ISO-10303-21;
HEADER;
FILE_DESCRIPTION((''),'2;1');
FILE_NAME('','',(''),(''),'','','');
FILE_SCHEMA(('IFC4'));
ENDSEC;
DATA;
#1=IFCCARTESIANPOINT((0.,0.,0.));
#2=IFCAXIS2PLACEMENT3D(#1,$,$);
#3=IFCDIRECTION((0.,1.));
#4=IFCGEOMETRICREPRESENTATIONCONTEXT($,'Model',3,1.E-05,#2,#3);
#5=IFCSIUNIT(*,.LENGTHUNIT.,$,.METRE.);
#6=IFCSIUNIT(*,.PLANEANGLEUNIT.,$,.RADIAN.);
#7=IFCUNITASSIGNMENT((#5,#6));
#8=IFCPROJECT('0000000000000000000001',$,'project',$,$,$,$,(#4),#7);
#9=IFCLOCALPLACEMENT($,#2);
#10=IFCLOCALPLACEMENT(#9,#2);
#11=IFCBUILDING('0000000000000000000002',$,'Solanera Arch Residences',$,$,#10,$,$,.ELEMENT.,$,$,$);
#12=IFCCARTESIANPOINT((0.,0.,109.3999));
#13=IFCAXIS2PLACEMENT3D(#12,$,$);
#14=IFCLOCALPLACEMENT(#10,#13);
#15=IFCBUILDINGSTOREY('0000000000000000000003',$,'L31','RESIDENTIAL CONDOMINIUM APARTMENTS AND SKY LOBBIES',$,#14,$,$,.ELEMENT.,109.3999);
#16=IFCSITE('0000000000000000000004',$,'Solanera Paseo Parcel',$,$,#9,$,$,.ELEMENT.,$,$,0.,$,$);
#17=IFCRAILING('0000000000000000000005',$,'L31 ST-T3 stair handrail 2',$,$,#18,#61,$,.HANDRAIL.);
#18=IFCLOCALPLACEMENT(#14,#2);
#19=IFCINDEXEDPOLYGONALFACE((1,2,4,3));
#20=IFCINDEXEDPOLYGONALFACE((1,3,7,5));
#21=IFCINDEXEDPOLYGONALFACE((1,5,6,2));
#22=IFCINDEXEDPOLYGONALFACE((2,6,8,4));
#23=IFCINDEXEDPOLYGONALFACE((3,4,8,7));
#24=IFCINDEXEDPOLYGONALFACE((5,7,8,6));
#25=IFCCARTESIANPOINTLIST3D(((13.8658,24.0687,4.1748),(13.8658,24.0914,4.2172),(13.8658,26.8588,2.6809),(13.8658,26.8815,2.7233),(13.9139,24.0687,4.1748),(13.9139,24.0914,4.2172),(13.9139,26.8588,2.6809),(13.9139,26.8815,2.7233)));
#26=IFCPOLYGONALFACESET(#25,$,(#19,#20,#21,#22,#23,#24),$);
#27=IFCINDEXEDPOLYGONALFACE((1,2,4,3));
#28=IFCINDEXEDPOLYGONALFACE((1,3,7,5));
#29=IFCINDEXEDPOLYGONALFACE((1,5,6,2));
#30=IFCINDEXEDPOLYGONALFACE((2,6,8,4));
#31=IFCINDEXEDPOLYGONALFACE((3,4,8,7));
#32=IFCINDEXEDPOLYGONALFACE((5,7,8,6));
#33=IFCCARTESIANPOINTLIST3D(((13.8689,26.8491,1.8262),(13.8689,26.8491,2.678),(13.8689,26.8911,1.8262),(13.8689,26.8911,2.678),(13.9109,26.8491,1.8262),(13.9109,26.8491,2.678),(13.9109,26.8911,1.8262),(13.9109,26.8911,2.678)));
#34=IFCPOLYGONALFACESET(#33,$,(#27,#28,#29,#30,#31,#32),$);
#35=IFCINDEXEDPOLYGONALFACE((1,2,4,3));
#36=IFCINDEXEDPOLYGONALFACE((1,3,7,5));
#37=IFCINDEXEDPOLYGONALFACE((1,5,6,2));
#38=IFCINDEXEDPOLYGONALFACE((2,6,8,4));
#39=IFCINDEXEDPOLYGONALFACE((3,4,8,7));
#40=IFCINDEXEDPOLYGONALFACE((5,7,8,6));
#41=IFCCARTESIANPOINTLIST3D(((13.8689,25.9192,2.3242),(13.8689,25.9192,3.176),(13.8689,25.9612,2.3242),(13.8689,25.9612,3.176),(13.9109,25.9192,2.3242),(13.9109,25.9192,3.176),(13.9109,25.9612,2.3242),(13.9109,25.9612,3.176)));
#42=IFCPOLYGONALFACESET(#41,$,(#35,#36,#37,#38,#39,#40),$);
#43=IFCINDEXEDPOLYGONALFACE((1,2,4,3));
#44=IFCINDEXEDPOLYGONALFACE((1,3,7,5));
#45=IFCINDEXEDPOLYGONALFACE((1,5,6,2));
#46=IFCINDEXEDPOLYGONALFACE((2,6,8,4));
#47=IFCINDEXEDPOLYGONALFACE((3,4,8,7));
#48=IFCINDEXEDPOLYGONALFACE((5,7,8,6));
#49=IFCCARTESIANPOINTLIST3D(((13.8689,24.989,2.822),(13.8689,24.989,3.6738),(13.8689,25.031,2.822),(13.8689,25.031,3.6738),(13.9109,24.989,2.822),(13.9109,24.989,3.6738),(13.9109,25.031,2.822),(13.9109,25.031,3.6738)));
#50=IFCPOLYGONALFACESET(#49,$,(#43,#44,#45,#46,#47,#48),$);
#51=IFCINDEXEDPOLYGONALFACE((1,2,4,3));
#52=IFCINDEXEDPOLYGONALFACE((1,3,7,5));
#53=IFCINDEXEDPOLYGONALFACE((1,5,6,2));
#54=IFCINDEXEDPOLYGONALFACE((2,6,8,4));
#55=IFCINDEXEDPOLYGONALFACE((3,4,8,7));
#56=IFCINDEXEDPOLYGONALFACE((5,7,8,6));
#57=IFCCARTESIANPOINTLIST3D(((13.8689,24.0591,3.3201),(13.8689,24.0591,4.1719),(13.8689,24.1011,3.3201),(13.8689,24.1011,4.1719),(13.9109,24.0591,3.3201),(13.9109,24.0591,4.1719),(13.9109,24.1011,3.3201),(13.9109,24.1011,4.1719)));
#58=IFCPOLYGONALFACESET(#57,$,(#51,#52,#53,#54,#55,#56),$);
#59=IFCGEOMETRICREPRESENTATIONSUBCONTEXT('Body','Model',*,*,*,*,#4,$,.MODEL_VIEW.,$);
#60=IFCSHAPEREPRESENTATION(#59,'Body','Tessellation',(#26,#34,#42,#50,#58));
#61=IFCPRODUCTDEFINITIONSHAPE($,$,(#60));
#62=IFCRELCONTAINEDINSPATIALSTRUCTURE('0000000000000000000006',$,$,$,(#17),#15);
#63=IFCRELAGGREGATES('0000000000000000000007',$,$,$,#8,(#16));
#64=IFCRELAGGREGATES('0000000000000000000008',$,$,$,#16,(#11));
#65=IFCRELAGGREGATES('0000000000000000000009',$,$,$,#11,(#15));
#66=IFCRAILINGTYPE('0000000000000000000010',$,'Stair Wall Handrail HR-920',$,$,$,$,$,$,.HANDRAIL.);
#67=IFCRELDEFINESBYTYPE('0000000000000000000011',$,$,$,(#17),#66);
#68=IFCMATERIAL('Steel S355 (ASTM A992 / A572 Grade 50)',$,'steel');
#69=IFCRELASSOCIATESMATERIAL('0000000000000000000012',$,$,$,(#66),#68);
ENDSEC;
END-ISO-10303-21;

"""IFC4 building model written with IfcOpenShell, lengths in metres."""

from ifc_helpers import new_model, si_unit, direction, frame, origin, origin_2d, place, context, subcontext, project, spatial, rectangle, extrude, material, type_object, element, save


model = new_model("IFC4")

# Units and contexts
model_context = context("Model", 3, precision=1e-05, world=origin(), true_north=direction((0.0, 1.0)))
body_context = subcontext(model_context, "Body", "Model", "MODEL_VIEW")
ifc_project = project(units=[si_unit("LENGTHUNIT", "METRE"), si_unit("PLANEANGLEUNIT", "RADIAN")], contexts=[model_context])

# Site, building, storey
site_placement = place(None, origin())
site = spatial("IfcSite", under=ifc_project, at=site_placement, Name="Solanera Paseo Parcel", CompositionType="ELEMENT", RefElevation=0.0)
building_placement = place(site_placement, origin())
building = spatial("IfcBuilding", under=site, at=building_placement, Name="Solanera Arch Residences", CompositionType="ELEMENT")
storey_placement = place(building_placement, frame((0.0, 0.0, 109.3999)))
storey = spatial("IfcBuildingStorey", under=building, at=storey_placement, Name="L31", Description="RESIDENTIAL CONDOMINIUM APARTMENTS AND SKY LOBBIES", CompositionType="ELEMENT", Elevation=109.3999)

# Railing
ifc_material_1 = material(Name="Steel S355 (ASTM A992 / A572 Grade 50)", Category="steel")
railing_type_1 = type_object("IfcRailingType", Name="Stair Wall Handrail HR-920", PredefinedType="HANDRAIL", material=ifc_material_1)
railing_1_placement = place(storey_placement, frame((13.8899, 26.8701, 1.8262)))
element("IfcRailing", 1, at=railing_1_placement, inside=storey, type_object=railing_type_1, Name="L31 ST-T3 stair handrail 2", PredefinedType="HANDRAIL", context=body_context, shape_type="SweptSolid", body=[
    extrude(rectangle(XDim=0.0481, YDim=0.0481, at=origin_2d()), frame((0.0, 0.0, 0.876), z_axis=(0.0, -0.881581, 0.472033), x_axis=(1.0, 0.0, 0.0)), (0.0, 0.0, 1.0), 3.1648),
    extrude(rectangle(XDim=0.042, YDim=0.042, at=origin_2d()), origin(), (0.0, 0.0, 1.0), 0.8518),
    extrude(rectangle(XDim=0.042, YDim=0.042, at=origin_2d()), frame((0.0, -0.9299, 0.498)), (0.0, 0.0, 1.0), 0.8518),
    extrude(rectangle(XDim=0.042, YDim=0.042, at=origin_2d()), frame((0.0, -1.8601, 0.9958)), (0.0, 0.0, 1.0), 0.8518),
    extrude(rectangle(XDim=0.042, YDim=0.042, at=origin_2d()), frame((0.0, -2.79, 1.4939)), (0.0, 0.0, 1.0), 0.8518),
])

save(model, "model.ifc")
